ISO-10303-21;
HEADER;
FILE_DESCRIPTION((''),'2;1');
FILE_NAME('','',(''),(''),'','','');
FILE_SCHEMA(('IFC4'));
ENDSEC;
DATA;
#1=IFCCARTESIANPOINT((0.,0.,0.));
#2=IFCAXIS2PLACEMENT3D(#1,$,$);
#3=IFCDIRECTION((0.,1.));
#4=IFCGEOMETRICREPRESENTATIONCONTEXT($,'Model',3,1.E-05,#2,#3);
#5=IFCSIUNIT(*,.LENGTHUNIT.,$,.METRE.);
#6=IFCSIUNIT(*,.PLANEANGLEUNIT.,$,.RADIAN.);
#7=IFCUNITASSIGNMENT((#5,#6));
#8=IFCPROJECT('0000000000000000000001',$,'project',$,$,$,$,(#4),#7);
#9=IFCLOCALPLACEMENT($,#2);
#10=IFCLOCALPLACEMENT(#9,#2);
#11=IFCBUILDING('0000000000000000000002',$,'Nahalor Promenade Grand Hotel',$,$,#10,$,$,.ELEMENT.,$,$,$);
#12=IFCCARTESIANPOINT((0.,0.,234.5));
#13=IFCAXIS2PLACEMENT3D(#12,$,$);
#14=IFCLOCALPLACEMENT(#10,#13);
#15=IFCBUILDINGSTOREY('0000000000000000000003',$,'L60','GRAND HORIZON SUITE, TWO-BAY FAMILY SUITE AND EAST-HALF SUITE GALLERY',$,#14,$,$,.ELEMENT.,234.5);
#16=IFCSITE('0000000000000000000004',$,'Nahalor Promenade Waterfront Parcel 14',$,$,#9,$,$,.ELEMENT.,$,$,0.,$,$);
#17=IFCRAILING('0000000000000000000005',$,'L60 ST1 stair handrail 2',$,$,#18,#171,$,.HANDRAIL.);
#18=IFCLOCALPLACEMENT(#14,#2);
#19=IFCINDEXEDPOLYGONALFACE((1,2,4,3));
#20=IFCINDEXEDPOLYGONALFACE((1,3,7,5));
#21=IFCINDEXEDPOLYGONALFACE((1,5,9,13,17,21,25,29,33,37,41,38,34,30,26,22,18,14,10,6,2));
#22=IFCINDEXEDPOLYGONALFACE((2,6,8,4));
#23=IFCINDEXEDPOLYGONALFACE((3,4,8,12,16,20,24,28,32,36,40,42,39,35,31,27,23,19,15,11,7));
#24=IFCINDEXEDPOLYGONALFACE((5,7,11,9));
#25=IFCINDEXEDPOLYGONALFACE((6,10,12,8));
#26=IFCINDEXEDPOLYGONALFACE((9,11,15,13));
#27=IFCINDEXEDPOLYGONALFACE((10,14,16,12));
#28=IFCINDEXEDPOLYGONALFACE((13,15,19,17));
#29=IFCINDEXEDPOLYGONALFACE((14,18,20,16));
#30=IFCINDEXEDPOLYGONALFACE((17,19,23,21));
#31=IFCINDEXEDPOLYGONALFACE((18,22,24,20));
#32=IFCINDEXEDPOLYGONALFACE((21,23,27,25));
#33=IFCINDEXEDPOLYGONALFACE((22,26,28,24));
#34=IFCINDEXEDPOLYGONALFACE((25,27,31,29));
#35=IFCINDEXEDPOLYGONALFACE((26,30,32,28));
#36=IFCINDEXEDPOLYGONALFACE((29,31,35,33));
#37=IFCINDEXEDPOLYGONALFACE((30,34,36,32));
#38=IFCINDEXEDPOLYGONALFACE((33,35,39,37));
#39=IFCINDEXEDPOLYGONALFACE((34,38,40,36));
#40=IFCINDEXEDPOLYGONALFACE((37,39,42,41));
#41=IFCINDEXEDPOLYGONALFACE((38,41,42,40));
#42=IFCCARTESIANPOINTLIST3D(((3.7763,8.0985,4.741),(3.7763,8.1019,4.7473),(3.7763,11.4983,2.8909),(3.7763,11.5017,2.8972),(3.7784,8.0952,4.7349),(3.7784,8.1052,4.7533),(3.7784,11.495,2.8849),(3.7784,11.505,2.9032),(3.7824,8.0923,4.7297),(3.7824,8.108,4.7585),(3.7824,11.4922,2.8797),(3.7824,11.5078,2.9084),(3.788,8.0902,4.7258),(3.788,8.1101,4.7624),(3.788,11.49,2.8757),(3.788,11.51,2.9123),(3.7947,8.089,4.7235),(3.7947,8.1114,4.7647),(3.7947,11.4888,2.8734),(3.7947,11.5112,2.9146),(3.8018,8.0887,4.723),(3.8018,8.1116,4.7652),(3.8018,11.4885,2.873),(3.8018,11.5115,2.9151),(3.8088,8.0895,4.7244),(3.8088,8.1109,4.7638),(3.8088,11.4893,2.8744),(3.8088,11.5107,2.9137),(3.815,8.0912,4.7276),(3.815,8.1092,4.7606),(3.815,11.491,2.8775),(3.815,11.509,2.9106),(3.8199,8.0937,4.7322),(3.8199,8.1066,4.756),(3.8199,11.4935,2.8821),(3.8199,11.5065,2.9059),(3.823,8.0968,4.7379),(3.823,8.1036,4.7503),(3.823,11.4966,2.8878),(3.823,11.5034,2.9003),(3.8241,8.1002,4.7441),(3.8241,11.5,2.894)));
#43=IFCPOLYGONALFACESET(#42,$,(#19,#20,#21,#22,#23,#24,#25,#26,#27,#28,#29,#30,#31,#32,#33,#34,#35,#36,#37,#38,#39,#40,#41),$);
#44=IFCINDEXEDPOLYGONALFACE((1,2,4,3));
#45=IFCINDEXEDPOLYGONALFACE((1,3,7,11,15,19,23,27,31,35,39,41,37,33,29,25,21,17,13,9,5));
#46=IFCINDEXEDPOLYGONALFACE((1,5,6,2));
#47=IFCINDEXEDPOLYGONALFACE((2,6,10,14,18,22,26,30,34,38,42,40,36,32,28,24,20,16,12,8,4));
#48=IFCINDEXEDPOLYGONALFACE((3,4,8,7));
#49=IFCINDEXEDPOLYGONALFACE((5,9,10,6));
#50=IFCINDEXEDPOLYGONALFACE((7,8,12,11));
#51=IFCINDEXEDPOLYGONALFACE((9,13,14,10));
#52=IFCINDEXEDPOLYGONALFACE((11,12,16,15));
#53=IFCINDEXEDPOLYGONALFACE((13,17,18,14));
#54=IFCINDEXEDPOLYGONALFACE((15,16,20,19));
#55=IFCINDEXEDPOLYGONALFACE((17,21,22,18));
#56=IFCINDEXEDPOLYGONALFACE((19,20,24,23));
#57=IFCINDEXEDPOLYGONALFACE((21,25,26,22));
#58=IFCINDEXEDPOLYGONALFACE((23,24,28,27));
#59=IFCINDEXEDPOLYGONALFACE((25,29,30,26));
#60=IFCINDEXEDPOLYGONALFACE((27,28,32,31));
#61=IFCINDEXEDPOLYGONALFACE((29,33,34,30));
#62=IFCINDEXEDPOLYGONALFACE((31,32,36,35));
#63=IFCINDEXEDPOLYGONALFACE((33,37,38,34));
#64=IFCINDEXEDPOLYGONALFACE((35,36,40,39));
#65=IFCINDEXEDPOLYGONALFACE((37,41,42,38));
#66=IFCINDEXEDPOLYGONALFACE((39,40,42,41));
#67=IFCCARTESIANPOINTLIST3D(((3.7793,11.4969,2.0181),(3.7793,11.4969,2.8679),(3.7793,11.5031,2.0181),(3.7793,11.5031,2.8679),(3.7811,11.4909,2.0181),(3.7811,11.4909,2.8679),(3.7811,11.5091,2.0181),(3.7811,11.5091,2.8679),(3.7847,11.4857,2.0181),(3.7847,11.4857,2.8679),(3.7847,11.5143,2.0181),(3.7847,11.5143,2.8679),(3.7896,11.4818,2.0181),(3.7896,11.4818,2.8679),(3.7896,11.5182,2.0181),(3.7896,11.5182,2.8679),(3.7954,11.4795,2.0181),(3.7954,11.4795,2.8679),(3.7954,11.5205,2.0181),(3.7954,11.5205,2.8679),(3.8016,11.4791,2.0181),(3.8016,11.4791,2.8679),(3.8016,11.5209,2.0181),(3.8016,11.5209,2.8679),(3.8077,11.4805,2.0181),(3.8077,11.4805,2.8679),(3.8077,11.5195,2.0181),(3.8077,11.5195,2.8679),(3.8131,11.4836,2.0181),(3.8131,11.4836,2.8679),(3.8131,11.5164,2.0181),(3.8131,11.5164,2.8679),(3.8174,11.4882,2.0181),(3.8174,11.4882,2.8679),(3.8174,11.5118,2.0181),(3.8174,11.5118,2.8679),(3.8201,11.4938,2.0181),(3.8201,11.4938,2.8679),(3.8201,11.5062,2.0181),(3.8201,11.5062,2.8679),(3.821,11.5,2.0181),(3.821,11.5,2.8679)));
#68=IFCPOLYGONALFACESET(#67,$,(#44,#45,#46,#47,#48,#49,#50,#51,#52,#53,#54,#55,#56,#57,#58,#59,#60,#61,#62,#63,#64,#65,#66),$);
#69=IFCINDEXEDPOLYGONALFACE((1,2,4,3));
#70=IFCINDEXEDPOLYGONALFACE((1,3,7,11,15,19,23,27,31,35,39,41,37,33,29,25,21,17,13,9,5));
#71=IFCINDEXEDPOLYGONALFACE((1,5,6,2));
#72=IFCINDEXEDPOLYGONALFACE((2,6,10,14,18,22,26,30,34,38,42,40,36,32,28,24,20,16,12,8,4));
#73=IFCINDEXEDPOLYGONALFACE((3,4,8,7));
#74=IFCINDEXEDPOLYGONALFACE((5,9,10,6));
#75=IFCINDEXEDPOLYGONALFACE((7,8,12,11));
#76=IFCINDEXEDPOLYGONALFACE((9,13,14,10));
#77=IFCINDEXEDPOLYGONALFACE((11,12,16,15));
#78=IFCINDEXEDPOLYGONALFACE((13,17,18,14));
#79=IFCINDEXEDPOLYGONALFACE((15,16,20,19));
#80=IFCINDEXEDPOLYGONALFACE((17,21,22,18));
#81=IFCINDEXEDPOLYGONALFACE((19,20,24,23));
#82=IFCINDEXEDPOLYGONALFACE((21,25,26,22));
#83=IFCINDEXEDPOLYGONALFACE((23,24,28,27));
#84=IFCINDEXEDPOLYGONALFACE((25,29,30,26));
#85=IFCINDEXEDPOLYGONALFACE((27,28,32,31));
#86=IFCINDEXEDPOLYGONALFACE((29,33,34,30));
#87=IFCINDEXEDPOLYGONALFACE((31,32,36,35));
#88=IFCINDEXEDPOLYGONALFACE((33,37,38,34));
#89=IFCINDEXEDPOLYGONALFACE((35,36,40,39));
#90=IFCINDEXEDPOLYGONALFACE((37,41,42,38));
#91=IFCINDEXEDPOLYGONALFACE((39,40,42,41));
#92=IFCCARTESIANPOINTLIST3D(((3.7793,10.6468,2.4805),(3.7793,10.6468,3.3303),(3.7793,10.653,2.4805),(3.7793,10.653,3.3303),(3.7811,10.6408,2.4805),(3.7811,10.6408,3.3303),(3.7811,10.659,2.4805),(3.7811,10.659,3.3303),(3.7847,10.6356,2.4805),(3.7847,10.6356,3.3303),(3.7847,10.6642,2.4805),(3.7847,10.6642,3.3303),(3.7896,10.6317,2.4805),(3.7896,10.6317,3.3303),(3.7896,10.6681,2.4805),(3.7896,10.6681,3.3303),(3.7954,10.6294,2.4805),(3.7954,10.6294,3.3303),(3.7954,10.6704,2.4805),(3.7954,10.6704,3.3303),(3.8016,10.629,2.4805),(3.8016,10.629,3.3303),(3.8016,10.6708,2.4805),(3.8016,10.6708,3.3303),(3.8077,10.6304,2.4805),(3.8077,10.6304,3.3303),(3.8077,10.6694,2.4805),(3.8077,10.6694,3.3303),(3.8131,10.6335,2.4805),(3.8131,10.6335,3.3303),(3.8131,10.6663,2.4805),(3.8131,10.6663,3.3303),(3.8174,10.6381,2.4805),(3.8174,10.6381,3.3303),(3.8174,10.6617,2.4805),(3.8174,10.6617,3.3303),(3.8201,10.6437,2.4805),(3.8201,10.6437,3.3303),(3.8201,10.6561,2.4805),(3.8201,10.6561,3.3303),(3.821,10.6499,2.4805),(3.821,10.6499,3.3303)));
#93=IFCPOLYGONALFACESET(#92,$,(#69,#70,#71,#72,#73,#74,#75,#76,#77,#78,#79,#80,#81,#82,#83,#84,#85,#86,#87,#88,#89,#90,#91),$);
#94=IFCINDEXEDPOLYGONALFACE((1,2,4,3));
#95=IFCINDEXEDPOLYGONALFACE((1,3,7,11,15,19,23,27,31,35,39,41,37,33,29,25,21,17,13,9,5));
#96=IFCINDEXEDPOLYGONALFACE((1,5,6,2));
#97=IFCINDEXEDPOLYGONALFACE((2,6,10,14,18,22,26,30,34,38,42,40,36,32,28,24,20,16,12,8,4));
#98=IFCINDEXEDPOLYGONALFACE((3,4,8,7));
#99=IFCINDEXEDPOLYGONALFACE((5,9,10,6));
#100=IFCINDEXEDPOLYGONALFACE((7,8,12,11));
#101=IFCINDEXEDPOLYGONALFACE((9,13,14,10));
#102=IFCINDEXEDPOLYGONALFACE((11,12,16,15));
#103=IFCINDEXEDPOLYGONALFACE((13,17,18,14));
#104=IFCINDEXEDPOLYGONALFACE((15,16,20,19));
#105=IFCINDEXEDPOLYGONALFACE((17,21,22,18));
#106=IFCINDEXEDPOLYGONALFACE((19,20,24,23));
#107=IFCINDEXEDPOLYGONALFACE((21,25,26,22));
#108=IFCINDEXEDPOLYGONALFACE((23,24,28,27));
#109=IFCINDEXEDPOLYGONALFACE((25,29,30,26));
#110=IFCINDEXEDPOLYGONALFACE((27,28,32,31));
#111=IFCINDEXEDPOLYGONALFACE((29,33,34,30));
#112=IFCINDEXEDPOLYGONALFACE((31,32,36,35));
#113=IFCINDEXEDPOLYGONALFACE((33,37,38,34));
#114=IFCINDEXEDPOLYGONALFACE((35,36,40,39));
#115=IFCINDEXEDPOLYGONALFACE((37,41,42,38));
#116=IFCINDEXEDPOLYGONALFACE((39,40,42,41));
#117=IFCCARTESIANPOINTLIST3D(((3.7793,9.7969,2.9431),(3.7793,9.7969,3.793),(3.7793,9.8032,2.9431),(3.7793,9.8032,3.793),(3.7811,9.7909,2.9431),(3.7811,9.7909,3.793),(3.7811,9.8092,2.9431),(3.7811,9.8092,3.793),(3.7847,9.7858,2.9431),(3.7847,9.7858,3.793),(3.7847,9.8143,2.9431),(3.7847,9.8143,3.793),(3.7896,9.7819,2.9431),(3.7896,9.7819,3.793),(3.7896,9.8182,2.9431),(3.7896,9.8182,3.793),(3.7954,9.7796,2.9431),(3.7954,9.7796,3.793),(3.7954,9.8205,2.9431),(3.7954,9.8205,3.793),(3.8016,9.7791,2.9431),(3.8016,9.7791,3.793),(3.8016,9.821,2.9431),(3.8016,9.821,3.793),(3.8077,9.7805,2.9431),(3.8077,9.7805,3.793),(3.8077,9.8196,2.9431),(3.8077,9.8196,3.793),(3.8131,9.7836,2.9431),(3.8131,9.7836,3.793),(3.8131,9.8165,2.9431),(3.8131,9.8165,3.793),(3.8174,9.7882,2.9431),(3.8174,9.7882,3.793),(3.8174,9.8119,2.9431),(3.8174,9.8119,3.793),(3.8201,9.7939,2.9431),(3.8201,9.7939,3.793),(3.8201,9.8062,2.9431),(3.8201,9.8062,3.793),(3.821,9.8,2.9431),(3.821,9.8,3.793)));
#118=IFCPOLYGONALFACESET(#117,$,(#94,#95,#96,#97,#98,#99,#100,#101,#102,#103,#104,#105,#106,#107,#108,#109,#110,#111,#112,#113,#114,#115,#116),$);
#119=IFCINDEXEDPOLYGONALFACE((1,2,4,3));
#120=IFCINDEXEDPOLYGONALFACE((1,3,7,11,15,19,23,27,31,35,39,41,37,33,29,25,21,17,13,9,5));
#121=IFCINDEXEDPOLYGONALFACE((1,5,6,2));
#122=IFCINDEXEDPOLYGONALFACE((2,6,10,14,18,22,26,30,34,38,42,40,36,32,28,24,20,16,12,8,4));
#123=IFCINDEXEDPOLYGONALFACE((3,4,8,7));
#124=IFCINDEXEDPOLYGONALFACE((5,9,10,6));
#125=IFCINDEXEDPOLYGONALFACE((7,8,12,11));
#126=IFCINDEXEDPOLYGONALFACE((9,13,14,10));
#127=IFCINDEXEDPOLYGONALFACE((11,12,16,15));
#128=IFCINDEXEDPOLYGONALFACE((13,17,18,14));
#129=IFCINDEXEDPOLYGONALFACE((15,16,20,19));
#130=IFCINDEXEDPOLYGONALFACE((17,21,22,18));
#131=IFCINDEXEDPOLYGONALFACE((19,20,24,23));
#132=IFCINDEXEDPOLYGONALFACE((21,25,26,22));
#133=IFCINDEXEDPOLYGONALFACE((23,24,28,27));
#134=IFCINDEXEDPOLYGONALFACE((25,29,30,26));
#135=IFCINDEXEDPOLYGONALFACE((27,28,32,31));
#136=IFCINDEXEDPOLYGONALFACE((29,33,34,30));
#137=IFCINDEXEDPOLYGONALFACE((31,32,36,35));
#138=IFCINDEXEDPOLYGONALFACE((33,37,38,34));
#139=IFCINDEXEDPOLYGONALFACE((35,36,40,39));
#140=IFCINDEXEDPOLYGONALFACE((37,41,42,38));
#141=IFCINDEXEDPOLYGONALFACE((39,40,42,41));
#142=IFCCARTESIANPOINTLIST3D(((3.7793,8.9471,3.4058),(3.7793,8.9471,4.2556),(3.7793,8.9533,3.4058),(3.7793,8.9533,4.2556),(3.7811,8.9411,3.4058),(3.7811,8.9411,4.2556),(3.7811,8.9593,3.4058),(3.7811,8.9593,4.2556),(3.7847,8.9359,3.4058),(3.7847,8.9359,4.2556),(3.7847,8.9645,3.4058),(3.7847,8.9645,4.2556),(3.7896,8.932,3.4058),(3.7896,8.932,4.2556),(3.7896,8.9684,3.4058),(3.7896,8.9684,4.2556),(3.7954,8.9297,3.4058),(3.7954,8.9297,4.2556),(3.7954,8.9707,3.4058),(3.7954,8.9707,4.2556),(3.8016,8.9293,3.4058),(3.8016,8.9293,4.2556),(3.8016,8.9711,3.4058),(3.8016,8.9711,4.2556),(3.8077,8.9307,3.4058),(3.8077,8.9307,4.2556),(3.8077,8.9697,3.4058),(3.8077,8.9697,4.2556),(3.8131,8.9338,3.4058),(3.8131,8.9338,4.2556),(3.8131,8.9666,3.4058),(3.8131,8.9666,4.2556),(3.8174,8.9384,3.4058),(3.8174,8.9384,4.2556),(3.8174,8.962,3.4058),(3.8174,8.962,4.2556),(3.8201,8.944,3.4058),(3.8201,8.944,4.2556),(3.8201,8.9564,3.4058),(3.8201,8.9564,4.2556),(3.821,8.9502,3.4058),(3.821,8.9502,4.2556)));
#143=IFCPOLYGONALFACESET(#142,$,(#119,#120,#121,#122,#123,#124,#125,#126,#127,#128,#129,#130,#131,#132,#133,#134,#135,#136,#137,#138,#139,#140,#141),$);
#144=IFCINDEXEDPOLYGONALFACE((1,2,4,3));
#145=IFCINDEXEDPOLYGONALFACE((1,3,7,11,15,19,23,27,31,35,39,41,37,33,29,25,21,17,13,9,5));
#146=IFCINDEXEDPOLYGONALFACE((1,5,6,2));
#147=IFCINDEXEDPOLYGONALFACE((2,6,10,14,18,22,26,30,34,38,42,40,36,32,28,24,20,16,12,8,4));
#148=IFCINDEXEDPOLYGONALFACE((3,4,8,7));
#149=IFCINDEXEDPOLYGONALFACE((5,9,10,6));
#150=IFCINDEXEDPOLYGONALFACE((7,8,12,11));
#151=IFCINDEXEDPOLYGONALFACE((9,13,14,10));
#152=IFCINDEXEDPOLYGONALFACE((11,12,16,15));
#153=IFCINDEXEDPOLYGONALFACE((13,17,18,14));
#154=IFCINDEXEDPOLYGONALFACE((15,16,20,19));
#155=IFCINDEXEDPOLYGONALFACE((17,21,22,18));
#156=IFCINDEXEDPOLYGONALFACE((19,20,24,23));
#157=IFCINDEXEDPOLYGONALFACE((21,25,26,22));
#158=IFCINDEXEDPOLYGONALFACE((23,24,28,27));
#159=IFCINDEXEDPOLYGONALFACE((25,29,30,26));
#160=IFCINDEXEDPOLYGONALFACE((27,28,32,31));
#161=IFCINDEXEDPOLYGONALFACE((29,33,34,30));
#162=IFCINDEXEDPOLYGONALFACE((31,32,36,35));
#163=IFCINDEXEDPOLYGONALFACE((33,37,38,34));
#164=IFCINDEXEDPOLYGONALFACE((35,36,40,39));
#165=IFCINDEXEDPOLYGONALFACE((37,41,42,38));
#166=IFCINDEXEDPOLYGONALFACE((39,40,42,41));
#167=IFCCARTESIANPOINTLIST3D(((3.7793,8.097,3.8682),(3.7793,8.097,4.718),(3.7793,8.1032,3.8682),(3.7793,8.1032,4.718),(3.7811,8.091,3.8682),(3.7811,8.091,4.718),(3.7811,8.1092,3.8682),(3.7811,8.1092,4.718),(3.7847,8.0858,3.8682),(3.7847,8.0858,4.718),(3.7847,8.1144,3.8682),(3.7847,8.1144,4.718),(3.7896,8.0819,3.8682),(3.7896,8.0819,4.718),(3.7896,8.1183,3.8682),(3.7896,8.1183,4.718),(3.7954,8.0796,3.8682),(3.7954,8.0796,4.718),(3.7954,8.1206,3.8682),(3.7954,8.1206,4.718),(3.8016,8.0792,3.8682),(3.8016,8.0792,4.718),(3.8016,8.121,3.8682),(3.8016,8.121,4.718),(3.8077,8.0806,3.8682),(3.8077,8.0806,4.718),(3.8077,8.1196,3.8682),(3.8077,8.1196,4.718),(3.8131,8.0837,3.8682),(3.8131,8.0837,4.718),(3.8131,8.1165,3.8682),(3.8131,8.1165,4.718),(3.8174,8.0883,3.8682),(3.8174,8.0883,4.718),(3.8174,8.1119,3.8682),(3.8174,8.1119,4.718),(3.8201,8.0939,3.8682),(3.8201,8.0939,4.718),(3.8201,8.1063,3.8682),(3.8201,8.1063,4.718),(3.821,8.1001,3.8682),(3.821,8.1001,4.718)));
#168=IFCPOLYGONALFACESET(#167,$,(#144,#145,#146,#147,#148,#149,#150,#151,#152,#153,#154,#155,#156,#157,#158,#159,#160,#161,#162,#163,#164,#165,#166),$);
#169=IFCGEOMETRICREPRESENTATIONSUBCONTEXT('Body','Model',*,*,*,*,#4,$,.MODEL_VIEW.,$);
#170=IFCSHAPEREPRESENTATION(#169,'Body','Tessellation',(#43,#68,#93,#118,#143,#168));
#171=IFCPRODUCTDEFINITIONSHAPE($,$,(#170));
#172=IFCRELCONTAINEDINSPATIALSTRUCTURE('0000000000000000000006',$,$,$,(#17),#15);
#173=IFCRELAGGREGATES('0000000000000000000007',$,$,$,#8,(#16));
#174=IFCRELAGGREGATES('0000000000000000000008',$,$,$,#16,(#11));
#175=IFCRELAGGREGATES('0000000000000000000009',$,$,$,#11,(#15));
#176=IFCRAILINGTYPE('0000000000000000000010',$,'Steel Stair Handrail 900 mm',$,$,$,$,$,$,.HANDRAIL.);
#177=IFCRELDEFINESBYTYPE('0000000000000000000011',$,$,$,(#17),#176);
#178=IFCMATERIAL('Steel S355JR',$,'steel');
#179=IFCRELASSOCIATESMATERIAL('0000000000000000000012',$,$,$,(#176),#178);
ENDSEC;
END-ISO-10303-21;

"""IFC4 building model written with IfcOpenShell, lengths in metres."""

from ifc_helpers import new_model, si_unit, direction, frame, origin, origin_2d, place, context, subcontext, project, spatial, circle, extrude, material, type_object, element, save


model = new_model("IFC4")

# Units and contexts
model_context = context("Model", 3, precision=1e-05, world=origin(), true_north=direction((0.0, 1.0)))
body_context = subcontext(model_context, "Body", "Model", "MODEL_VIEW")
ifc_project = project(units=[si_unit("LENGTHUNIT", "METRE"), si_unit("PLANEANGLEUNIT", "RADIAN")], contexts=[model_context])

# Site, building, storey
site_placement = place(None, origin())
site = spatial("IfcSite", under=ifc_project, at=site_placement, Name="Nahalor Promenade Waterfront Parcel 14", CompositionType="ELEMENT", RefElevation=0.0)
building_placement = place(site_placement, origin())
building = spatial("IfcBuilding", under=site, at=building_placement, Name="Nahalor Promenade Grand Hotel", CompositionType="ELEMENT")
storey_placement = place(building_placement, frame((0.0, 0.0, 234.5)))
storey = spatial("IfcBuildingStorey", under=building, at=storey_placement, Name="L60", Description="GRAND HORIZON SUITE, TWO-BAY FAMILY SUITE AND EAST-HALF SUITE GALLERY", CompositionType="ELEMENT", Elevation=234.5)

# Shared definitions
ifc_material_1 = material(Name="Steel S355JR", Category="steel")

# Railing
railing_type = type_object("IfcRailingType", Name="Steel Stair Handrail 900 mm", PredefinedType="HANDRAIL", material=ifc_material_1)
railing_placement = place(storey_placement, frame((3.8, 11.5, 2.0181)))
element("IfcRailing", 1, at=railing_placement, inside=storey, type_object=railing_type, Name="L60 ST1 stair handrail 2", PredefinedType="HANDRAIL", context=body_context, shape_type="SweptSolid", body=[
    extrude(circle(Radius=0.024, at=origin_2d()), frame((0.0, 0.0, 0.876), z_axis=(0.0, -0.878372, 0.477977), x_axis=(1.0, 0.0, 0.0)), (0.0, 0.0, 1.0), 3.8706),
    extrude(circle(Radius=0.021, at=origin_2d()), origin(), (0.0, 0.0, 1.0), 0.8499),
    extrude(circle(Radius=0.021, at=origin_2d()), frame((0.0, -0.8501, 0.4624)), (0.0, 0.0, 1.0), 0.8499),
    extrude(circle(Radius=0.021, at=origin_2d()), frame((0.0, -1.7, 0.925)), (0.0, 0.0, 1.0), 0.8499),
    extrude(circle(Radius=0.021, at=origin_2d()), frame((0.0, -2.5498, 1.3877)), (0.0, 0.0, 1.0), 0.8499),
    extrude(circle(Radius=0.021, at=origin_2d()), frame((0.0, -3.3999, 1.8501)), (0.0, 0.0, 1.0), 0.8499),
])

save(model, "model.ifc")
